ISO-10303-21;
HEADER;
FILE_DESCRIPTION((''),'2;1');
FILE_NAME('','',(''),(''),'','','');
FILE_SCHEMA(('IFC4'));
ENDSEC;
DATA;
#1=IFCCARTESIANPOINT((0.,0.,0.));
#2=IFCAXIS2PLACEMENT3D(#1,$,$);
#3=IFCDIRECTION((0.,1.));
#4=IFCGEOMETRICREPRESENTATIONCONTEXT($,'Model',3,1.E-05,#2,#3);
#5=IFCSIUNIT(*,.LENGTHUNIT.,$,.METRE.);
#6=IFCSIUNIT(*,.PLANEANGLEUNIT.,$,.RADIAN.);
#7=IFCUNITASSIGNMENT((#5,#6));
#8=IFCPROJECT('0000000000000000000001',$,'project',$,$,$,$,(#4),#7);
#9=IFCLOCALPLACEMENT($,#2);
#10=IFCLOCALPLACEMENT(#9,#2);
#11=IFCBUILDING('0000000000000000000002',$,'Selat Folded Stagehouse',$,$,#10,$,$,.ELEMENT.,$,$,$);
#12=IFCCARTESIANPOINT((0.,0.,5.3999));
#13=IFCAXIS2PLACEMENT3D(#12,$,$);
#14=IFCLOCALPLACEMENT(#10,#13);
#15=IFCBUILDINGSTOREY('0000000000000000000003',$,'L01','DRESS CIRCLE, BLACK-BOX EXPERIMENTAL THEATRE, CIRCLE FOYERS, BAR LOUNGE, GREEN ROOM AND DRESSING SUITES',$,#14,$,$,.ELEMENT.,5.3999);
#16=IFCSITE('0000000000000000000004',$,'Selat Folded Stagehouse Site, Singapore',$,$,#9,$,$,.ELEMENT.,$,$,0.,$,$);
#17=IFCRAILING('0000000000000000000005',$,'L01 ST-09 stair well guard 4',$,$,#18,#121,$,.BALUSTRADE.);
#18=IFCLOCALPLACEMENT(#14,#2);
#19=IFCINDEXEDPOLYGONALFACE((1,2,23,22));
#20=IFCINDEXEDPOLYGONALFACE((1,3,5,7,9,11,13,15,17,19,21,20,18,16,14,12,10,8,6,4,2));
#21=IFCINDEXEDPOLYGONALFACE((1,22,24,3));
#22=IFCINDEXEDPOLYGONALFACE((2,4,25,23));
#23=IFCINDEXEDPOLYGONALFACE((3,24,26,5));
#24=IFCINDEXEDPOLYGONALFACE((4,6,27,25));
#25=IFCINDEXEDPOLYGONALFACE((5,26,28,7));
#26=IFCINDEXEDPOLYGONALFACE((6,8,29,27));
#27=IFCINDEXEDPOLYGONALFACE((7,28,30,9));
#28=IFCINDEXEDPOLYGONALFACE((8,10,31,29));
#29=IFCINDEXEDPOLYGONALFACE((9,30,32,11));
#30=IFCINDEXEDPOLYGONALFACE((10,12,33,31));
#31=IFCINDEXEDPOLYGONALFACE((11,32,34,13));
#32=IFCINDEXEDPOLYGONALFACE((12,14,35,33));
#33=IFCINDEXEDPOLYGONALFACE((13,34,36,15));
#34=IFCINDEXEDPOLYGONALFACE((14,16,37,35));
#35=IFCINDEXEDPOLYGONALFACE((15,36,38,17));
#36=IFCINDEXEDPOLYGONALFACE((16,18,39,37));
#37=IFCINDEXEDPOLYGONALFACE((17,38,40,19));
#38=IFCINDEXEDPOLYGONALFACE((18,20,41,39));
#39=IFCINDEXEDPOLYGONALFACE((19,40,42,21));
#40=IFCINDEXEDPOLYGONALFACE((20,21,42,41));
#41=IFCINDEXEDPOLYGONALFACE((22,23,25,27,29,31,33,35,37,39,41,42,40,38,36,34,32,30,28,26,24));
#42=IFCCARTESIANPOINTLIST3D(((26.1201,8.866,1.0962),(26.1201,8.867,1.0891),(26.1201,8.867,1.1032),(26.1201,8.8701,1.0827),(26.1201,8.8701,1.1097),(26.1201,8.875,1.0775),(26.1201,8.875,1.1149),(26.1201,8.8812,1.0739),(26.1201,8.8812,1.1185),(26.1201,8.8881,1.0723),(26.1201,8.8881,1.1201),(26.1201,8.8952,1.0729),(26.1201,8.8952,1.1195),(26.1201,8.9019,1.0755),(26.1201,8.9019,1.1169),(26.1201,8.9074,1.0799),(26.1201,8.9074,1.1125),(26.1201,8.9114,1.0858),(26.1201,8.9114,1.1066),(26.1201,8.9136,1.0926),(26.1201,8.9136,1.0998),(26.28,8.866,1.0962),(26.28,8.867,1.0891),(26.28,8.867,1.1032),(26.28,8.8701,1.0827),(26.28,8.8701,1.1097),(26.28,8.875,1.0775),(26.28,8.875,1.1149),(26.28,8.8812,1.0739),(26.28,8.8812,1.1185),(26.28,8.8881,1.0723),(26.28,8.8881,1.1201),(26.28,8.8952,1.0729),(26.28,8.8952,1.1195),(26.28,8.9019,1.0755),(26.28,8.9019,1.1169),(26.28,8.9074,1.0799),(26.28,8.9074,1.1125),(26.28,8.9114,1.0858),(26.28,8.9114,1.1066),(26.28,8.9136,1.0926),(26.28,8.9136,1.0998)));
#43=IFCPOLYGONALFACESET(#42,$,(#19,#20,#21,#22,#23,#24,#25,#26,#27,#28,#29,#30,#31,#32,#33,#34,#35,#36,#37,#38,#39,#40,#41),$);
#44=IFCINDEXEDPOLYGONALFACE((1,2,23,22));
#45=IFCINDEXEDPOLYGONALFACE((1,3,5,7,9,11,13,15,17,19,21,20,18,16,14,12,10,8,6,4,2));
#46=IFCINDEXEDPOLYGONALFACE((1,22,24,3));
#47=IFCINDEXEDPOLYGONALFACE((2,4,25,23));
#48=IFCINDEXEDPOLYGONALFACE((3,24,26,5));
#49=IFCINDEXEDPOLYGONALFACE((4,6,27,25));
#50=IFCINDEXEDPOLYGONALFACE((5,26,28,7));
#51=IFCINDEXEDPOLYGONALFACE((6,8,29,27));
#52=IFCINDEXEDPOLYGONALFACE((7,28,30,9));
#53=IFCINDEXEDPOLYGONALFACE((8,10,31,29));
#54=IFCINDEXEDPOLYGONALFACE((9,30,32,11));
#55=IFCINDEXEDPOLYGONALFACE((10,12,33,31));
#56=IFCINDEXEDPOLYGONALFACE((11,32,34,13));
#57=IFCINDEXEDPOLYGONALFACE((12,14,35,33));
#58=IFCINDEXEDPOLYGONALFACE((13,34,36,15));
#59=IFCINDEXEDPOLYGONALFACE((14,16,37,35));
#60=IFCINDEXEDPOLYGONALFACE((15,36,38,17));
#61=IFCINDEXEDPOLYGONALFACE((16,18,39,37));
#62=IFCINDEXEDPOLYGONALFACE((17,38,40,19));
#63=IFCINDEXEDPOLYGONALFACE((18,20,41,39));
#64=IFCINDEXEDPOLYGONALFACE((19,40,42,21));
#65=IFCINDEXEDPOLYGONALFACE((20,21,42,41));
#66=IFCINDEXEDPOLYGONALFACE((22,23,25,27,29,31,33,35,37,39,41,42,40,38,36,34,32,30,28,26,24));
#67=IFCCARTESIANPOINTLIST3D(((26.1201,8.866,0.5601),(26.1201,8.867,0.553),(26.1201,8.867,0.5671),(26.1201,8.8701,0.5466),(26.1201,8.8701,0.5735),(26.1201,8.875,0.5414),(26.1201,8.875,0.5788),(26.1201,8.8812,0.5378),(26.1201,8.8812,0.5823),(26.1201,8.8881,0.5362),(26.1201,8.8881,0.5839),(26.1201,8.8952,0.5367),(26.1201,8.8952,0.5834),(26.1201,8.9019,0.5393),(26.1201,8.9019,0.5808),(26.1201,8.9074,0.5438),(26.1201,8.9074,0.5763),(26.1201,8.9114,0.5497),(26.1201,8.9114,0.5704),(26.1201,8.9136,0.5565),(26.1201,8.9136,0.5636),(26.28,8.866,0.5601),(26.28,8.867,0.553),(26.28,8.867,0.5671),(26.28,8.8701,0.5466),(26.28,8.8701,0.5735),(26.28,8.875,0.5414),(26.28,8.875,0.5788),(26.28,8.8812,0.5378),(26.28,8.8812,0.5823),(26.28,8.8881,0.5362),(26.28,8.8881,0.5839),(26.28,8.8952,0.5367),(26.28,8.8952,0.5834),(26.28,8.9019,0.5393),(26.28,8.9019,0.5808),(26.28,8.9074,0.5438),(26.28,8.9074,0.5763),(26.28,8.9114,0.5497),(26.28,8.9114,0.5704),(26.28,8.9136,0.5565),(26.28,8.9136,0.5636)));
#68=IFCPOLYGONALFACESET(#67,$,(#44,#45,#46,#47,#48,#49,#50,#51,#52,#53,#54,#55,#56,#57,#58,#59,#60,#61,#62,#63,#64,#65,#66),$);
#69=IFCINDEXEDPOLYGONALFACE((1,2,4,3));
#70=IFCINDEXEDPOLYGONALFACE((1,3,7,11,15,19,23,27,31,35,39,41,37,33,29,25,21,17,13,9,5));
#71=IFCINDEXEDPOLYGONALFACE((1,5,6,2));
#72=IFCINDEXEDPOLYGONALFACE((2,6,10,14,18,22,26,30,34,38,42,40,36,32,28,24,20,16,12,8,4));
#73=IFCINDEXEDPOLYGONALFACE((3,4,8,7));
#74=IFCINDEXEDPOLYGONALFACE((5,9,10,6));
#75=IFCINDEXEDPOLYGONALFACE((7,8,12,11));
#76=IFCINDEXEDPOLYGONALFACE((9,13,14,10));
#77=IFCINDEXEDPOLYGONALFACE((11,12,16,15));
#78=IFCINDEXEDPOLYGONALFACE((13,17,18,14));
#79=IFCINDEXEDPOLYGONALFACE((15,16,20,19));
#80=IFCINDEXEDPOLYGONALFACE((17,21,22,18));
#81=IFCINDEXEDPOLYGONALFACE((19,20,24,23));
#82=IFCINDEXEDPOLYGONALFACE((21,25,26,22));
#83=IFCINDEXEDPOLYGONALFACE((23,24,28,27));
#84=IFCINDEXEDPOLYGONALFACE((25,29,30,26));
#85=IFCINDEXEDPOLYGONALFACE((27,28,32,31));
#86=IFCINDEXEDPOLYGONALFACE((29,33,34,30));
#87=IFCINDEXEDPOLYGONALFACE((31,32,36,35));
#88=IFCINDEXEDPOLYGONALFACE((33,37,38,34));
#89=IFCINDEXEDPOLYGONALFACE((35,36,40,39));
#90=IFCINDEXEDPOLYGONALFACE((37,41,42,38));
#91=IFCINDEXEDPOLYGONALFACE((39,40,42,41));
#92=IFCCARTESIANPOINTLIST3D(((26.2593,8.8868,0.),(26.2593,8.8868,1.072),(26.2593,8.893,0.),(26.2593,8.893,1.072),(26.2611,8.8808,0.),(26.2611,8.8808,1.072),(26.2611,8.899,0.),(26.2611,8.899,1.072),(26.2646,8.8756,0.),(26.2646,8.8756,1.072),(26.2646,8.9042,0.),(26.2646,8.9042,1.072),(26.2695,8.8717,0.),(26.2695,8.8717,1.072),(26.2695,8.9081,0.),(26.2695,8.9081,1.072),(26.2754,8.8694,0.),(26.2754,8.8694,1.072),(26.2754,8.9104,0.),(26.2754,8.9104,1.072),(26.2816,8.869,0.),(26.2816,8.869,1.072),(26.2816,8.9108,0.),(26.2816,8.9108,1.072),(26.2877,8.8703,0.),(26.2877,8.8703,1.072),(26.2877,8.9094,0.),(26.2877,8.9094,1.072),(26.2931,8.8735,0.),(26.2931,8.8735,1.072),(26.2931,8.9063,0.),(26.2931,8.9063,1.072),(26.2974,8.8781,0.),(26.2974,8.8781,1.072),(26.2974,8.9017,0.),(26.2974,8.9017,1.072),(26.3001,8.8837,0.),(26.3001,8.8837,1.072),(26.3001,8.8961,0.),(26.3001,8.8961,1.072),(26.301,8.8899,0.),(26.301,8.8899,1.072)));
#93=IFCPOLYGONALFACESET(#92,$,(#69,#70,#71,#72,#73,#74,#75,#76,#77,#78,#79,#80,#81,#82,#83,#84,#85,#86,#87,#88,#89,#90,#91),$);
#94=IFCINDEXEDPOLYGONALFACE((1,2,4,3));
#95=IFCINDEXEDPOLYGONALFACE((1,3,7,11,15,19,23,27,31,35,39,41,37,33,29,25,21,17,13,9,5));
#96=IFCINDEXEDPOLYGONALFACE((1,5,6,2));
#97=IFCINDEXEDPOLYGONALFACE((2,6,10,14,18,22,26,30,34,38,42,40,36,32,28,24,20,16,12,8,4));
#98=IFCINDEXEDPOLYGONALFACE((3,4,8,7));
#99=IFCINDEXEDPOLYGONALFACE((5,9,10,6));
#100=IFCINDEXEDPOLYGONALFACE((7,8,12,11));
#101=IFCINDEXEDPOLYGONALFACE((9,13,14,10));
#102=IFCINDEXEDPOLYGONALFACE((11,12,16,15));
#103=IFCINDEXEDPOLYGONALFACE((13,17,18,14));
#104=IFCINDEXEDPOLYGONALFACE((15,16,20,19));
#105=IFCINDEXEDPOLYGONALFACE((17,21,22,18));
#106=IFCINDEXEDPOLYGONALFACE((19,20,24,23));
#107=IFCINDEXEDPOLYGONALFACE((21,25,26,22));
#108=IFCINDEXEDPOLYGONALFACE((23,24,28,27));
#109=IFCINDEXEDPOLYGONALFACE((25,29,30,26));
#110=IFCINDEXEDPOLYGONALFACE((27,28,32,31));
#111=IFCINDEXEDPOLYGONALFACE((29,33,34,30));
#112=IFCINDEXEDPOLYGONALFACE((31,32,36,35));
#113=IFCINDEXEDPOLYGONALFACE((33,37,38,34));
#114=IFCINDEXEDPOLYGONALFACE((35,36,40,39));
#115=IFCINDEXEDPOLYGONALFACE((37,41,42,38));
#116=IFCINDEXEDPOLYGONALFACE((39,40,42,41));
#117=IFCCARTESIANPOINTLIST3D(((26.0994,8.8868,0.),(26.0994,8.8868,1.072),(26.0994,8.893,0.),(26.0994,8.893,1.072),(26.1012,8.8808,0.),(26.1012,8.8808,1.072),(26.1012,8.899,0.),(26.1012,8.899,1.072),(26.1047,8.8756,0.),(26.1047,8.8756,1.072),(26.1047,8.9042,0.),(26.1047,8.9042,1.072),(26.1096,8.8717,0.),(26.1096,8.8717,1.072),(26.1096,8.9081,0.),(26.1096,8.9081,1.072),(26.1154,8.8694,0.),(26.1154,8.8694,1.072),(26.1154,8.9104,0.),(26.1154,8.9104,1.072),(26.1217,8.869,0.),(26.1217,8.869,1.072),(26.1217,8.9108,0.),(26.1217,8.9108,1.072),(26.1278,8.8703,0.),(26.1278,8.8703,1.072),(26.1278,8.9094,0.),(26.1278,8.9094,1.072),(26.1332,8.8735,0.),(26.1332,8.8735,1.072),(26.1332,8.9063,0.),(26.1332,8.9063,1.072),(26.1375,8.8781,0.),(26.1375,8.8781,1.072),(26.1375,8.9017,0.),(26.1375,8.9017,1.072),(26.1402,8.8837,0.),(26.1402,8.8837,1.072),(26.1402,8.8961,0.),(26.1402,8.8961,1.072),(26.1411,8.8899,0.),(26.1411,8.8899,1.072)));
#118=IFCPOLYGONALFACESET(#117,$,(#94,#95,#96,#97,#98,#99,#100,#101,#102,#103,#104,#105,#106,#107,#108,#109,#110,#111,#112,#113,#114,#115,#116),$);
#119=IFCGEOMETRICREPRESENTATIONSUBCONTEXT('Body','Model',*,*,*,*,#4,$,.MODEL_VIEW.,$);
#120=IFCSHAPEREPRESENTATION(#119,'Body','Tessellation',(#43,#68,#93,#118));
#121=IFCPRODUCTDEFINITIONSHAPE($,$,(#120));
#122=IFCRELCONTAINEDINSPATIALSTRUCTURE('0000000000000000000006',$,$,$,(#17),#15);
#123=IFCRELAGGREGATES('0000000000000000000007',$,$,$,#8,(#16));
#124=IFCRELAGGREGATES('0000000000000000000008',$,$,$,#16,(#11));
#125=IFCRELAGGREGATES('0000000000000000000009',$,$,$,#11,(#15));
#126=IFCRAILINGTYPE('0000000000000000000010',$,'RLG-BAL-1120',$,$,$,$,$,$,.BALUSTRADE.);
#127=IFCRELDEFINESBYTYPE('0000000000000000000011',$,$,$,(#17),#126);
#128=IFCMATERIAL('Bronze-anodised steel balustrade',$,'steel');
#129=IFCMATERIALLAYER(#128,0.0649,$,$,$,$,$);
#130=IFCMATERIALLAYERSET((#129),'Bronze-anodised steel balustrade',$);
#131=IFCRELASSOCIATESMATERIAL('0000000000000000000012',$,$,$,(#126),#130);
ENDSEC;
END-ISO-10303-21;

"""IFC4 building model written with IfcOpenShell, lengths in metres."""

from ifc_helpers import new_model, si_unit, direction, frame, origin, origin_2d, place, context, subcontext, project, spatial, circle, extrude, material, layer, layer_set, type_object, element, save


model = new_model("IFC4")

# Units and contexts
model_context = context("Model", 3, precision=1e-05, world=origin(), true_north=direction((0.0, 1.0)))
body_context = subcontext(model_context, "Body", "Model", "MODEL_VIEW")
ifc_project = project(units=[si_unit("LENGTHUNIT", "METRE"), si_unit("PLANEANGLEUNIT", "RADIAN")], contexts=[model_context])

# Site, building, storey
site_placement = place(None, origin())
site = spatial("IfcSite", under=ifc_project, at=site_placement, Name="Selat Folded Stagehouse Site, Singapore", CompositionType="ELEMENT", RefElevation=0.0)
building_placement = place(site_placement, origin())
building = spatial("IfcBuilding", under=site, at=building_placement, Name="Selat Folded Stagehouse", CompositionType="ELEMENT")
storey_placement = place(building_placement, frame((0.0, 0.0, 5.3999)))
storey = spatial("IfcBuildingStorey", under=building, at=storey_placement, Name="L01", Description="DRESS CIRCLE, BLACK-BOX EXPERIMENTAL THEATRE, CIRCLE FOYERS, BAR LOUNGE, GREEN ROOM AND DRESSING SUITES", CompositionType="ELEMENT", Elevation=5.3999)

# Railing
ifc_material_1 = material(Name="Bronze-anodised steel balustrade", Category="steel")
ifc_layer_1 = layer(ifc_material_1, 0.0649)
ifc_layer_set_1 = layer_set([ifc_layer_1], Name="Bronze-anodised steel balustrade")
railing_type_1 = type_object("IfcRailingType", Name="RLG-BAL-1120", PredefinedType="BALUSTRADE", material=ifc_layer_set_1)
railing_1_placement = place(storey_placement, frame((26.28, 8.8899, 0.0)))
element("IfcRailing", 1, at=railing_1_placement, inside=storey, type_object=railing_type_1, Name="L01 ST-09 stair well guard 4", PredefinedType="BALUSTRADE", context=body_context, shape_type="SweptSolid", body=[
    extrude(circle(Radius=0.0239, at=origin_2d()), frame((0.0, 0.0, 1.0962), z_axis=(-1.0, 0.0, 0.0), x_axis=(0.0, -1.0, 0.0)), (0.0, 0.0, 1.0), 0.1599),
    extrude(circle(Radius=0.0239, at=origin_2d()), frame((0.0, 0.0, 0.5601), z_axis=(-1.0, 0.0, 0.0), x_axis=(0.0, -1.0, 0.0)), (0.0, 0.0, 1.0), 0.1599),
    extrude(circle(Radius=0.021, at=origin_2d()), origin(), (0.0, 0.0, 1.0), 1.072),
    extrude(circle(Radius=0.021, at=origin_2d()), frame((-0.1599, 0.0, 0.0)), (0.0, 0.0, 1.0), 1.072),
])

save(model, "model.ifc")
